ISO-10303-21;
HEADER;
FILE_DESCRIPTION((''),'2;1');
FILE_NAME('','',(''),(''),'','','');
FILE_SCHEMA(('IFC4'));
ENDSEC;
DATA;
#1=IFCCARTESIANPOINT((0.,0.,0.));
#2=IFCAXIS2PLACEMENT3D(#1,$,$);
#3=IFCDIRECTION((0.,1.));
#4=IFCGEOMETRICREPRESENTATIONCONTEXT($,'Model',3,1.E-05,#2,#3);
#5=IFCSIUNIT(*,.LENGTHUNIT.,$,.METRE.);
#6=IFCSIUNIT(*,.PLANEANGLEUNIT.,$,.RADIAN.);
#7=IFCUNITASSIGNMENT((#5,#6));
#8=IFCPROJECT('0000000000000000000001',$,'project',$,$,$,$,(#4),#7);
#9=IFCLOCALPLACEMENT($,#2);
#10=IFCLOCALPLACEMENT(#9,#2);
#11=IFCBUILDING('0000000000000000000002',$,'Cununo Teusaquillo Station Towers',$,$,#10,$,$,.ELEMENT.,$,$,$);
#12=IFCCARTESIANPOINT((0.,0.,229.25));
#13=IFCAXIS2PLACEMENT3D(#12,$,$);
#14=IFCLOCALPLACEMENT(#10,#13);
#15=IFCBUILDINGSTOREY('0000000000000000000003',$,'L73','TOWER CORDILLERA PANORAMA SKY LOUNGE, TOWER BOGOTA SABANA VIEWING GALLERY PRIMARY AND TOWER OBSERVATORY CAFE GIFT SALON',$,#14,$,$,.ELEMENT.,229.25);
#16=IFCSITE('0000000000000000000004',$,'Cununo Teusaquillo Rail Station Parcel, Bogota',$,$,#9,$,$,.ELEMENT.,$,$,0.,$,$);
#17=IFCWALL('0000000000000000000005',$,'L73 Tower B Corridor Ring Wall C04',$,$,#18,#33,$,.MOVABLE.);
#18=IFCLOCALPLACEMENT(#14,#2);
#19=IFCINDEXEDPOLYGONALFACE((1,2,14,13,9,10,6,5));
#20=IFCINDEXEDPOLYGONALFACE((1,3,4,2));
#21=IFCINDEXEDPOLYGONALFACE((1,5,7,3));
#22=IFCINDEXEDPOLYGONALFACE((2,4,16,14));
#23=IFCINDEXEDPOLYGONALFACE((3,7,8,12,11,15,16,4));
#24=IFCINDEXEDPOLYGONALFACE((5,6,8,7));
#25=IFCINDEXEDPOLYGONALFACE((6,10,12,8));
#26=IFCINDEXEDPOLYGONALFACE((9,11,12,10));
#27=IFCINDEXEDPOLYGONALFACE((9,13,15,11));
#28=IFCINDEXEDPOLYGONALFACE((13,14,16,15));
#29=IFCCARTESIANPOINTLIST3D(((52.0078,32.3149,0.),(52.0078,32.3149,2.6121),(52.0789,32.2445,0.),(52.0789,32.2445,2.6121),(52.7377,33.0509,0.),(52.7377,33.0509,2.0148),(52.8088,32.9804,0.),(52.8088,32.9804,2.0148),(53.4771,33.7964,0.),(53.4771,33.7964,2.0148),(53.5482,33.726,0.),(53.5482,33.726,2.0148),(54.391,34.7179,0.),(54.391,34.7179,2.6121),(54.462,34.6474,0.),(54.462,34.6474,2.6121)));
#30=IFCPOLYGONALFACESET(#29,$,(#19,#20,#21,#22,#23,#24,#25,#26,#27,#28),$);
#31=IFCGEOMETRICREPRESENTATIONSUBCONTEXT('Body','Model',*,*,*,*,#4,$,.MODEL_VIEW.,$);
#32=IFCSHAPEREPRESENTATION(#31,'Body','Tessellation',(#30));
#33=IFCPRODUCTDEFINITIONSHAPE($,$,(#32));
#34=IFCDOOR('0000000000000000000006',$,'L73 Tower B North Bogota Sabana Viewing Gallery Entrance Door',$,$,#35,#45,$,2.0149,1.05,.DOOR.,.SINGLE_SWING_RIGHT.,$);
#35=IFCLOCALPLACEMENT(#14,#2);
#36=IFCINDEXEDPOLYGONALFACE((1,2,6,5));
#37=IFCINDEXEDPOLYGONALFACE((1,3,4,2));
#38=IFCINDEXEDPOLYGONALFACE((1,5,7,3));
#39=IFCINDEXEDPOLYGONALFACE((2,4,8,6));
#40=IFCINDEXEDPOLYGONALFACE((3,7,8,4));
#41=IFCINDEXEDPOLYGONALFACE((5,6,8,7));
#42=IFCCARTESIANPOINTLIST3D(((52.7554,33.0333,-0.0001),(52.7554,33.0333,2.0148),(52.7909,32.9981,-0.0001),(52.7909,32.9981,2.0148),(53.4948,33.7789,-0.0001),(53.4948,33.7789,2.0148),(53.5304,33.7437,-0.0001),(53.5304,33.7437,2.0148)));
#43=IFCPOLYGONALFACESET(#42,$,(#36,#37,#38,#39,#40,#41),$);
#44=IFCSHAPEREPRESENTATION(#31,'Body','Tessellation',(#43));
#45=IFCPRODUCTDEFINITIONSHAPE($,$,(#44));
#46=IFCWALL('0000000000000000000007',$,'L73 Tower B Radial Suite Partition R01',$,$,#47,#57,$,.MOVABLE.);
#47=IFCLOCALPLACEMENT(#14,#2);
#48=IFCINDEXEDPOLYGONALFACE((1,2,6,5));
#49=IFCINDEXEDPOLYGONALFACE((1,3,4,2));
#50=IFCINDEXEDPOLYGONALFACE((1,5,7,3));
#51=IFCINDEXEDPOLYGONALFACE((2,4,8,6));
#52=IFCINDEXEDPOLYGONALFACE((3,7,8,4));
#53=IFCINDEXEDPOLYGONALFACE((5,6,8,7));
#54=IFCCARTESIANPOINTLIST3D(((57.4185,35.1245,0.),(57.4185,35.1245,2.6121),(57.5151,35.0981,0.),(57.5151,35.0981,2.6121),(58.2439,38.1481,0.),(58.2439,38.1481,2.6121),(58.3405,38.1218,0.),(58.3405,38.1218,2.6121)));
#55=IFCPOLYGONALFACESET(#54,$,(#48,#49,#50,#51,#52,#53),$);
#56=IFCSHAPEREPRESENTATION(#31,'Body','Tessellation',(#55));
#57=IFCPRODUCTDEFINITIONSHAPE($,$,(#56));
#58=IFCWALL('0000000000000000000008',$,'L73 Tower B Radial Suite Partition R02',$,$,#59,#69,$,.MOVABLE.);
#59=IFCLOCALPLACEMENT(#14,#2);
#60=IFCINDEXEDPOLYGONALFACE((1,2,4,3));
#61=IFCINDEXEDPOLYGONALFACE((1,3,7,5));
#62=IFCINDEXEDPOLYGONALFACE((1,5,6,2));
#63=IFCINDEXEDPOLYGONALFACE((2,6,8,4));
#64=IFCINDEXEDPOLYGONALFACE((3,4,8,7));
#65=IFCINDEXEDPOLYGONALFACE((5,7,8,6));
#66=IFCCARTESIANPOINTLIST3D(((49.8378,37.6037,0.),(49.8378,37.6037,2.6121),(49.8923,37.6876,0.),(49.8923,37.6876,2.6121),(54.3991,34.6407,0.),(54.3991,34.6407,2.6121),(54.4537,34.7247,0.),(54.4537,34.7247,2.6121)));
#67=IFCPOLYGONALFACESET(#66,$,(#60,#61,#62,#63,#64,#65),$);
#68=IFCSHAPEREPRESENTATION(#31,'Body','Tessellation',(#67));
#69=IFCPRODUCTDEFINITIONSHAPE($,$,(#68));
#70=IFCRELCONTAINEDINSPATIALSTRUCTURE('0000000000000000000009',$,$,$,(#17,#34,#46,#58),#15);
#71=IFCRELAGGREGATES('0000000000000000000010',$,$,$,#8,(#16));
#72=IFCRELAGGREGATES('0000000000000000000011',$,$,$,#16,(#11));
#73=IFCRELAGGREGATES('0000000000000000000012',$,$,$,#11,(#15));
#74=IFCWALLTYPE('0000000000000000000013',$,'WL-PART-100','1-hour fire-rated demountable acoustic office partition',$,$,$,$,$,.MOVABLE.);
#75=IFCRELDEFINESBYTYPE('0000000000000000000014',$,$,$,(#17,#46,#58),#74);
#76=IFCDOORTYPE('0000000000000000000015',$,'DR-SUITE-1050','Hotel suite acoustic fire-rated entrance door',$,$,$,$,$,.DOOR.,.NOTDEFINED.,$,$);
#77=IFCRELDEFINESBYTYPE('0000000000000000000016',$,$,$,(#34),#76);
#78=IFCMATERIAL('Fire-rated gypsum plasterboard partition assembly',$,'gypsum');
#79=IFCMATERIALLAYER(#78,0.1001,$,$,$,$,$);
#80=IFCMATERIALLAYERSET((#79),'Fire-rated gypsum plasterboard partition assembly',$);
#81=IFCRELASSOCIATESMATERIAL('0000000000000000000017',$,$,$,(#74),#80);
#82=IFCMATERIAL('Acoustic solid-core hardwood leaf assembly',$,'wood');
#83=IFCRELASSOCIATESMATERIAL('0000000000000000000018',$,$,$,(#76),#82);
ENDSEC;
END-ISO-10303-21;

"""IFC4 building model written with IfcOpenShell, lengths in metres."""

from ifc_helpers import new_model, si_unit, direction, frame, frame_2d, origin, place, context, subcontext, project, spatial, rectangle, extrude, source, transform, mapped, material, layer, layer_set, type_object, element, fill, save


model = new_model("IFC4")

# Units and contexts
model_context = context("Model", 3, precision=1e-05, world=origin(), true_north=direction((0.0, 1.0)))
body_context = subcontext(model_context, "Body", "Model", "MODEL_VIEW")
ifc_project = project(units=[si_unit("LENGTHUNIT", "METRE"), si_unit("PLANEANGLEUNIT", "RADIAN")], contexts=[model_context])

# Site, building, storey
site_placement = place(None, origin())
site = spatial("IfcSite", under=ifc_project, at=site_placement, Name="Cununo Teusaquillo Rail Station Parcel, Bogota", CompositionType="ELEMENT", RefElevation=0.0)
building_placement = place(site_placement, origin())
building = spatial("IfcBuilding", under=site, at=building_placement, Name="Cununo Teusaquillo Station Towers", CompositionType="ELEMENT")
storey_placement = place(building_placement, frame((0.0, 0.0, 229.25)))
storey = spatial("IfcBuildingStorey", under=building, at=storey_placement, Name="L73", Description="TOWER CORDILLERA PANORAMA SKY LOUNGE, TOWER BOGOTA SABANA VIEWING GALLERY PRIMARY AND TOWER OBSERVATORY CAFE GIFT SALON", CompositionType="ELEMENT", Elevation=229.25)

# Shared definitions
ifc_material_1 = material(Name="Fire-rated gypsum plasterboard partition assembly", Category="gypsum")
ifc_layer_1 = layer(ifc_material_1, 0.1001)
ifc_layer_set_1 = layer_set([ifc_layer_1], Name="Fire-rated gypsum plasterboard partition assembly")
wall_type_1 = type_object("IfcWallType", Name="WL-PART-100", Description="1-hour fire-rated demountable acoustic office partition", PredefinedType="MOVABLE", material=ifc_layer_set_1)

# Wall, opening, door
shared_shape_1 = source(origin(), body_context, "Body", "SweptSolid", [
    extrude(rectangle(XDim=1.05, YDim=2.0149, at=frame_2d((0.5249, 1.0073))), frame((0.0, 0.0601, 0.0), z_axis=(0.0, -1.0, 0.0), x_axis=(1.0, 0.0, 0.0)), (0.0, 0.0, 1.0), 0.1201),
])
ifc_material_2 = material(Name="Acoustic solid-core hardwood leaf assembly", Category="wood")
door_type = type_object("IfcDoorType", Name="DR-SUITE-1050", Description="Hotel suite acoustic fire-rated entrance door", OperationType="NOTDEFINED", PredefinedType="DOOR", material=ifc_material_2)
shared_shape_2 = source(origin(), body_context, "Body", "SweptSolid", [
    extrude(rectangle(XDim=1.05, YDim=2.0149, at=frame_2d((0.5249, 1.0073))), frame((0.0, 0.0249, 0.0), z_axis=(0.0, -1.0, 0.0), x_axis=(1.0, 0.0, 0.0)), (0.0, 0.0, 1.0), 0.05),
])
wall_1_placement = place(storey_placement, frame((54.4265, 34.6826, 0.0), z_axis=(0.0, 0.0, 1.0), x_axis=(-0.704179, -0.710022, 0.0)))
wall_1 = element("IfcWall", 1, at=wall_1_placement, inside=storey, type_object=wall_type_1, Name="L73 Tower B Corridor Ring Wall C04", PredefinedType="MOVABLE", context=body_context, shape_type="SweptSolid", body=[
    extrude(rectangle(XDim=3.3843, YDim=0.1001, at=frame_2d((1.6921, 0.0))), origin(), (0.0, 0.0, 1.0), 2.6121),
])
opening_1_placement = place(wall_1_placement, frame((1.2979, 0.0, 0.0)))
opening_1 = element("IfcOpeningElement", 2, at=opening_1_placement, cuts=wall_1, PredefinedType="OPENING", context=body_context, shape_type="MappedRepresentation", body=[
    mapped(shared_shape_1, transform((0.0, 0.0, 0.0), x_axis=(1.0, 0.0, 0.0), y_axis=(0.0, 1.0, 0.0), z_axis=(0.0, 0.0, 1.0), scale=1.0)),
])
door_1_placement = place(opening_1_placement, origin())
door_1 = element("IfcDoor", 3, at=door_1_placement, inside=storey, type_object=door_type, Name="L73 Tower B North Bogota Sabana Viewing Gallery Entrance Door", OperationType="SINGLE_SWING_RIGHT", OverallHeight=2.0149, OverallWidth=1.05, PredefinedType="DOOR", context=body_context, shape_type="MappedRepresentation", body=[
    mapped(shared_shape_2, transform((0.0, 0.0, 0.0), x_axis=(1.0, 0.0, 0.0), y_axis=(0.0, 1.0, 0.0), z_axis=(0.0, 0.0, 1.0), scale=1.0)),
])
fill(opening_1, door_1)

# Walls
wall_2_placement = place(storey_placement, frame((57.4668, 35.1113, 0.0), z_axis=(0.0, 0.0, 1.0), x_axis=(0.263355, 0.964699, 0.0)))
element("IfcWall", 4, at=wall_2_placement, inside=storey, type_object=wall_type_1, Name="L73 Tower B Radial Suite Partition R01", PredefinedType="MOVABLE", context=body_context, shape_type="SweptSolid", body=[
    extrude(rectangle(XDim=3.1343, YDim=0.1001, at=frame_2d((1.5671, 0.0))), origin(), (0.0, 0.0, 1.0), 2.6121),
])
wall_3_placement = place(storey_placement, frame((54.4265, 34.6826, 0.0), z_axis=(0.0, 0.0, 1.0), x_axis=(-0.838607, 0.544737, 0.0)))
element("IfcWall", 5, at=wall_3_placement, inside=storey, type_object=wall_type_1, Name="L73 Tower B Radial Suite Partition R02", PredefinedType="MOVABLE", context=body_context, shape_type="SweptSolid", body=[
    extrude(rectangle(XDim=5.4392, YDim=0.1001, at=frame_2d((2.7197, 0.0))), origin(), (0.0, 0.0, 1.0), 2.6121),
])

save(model, "model.ifc")
